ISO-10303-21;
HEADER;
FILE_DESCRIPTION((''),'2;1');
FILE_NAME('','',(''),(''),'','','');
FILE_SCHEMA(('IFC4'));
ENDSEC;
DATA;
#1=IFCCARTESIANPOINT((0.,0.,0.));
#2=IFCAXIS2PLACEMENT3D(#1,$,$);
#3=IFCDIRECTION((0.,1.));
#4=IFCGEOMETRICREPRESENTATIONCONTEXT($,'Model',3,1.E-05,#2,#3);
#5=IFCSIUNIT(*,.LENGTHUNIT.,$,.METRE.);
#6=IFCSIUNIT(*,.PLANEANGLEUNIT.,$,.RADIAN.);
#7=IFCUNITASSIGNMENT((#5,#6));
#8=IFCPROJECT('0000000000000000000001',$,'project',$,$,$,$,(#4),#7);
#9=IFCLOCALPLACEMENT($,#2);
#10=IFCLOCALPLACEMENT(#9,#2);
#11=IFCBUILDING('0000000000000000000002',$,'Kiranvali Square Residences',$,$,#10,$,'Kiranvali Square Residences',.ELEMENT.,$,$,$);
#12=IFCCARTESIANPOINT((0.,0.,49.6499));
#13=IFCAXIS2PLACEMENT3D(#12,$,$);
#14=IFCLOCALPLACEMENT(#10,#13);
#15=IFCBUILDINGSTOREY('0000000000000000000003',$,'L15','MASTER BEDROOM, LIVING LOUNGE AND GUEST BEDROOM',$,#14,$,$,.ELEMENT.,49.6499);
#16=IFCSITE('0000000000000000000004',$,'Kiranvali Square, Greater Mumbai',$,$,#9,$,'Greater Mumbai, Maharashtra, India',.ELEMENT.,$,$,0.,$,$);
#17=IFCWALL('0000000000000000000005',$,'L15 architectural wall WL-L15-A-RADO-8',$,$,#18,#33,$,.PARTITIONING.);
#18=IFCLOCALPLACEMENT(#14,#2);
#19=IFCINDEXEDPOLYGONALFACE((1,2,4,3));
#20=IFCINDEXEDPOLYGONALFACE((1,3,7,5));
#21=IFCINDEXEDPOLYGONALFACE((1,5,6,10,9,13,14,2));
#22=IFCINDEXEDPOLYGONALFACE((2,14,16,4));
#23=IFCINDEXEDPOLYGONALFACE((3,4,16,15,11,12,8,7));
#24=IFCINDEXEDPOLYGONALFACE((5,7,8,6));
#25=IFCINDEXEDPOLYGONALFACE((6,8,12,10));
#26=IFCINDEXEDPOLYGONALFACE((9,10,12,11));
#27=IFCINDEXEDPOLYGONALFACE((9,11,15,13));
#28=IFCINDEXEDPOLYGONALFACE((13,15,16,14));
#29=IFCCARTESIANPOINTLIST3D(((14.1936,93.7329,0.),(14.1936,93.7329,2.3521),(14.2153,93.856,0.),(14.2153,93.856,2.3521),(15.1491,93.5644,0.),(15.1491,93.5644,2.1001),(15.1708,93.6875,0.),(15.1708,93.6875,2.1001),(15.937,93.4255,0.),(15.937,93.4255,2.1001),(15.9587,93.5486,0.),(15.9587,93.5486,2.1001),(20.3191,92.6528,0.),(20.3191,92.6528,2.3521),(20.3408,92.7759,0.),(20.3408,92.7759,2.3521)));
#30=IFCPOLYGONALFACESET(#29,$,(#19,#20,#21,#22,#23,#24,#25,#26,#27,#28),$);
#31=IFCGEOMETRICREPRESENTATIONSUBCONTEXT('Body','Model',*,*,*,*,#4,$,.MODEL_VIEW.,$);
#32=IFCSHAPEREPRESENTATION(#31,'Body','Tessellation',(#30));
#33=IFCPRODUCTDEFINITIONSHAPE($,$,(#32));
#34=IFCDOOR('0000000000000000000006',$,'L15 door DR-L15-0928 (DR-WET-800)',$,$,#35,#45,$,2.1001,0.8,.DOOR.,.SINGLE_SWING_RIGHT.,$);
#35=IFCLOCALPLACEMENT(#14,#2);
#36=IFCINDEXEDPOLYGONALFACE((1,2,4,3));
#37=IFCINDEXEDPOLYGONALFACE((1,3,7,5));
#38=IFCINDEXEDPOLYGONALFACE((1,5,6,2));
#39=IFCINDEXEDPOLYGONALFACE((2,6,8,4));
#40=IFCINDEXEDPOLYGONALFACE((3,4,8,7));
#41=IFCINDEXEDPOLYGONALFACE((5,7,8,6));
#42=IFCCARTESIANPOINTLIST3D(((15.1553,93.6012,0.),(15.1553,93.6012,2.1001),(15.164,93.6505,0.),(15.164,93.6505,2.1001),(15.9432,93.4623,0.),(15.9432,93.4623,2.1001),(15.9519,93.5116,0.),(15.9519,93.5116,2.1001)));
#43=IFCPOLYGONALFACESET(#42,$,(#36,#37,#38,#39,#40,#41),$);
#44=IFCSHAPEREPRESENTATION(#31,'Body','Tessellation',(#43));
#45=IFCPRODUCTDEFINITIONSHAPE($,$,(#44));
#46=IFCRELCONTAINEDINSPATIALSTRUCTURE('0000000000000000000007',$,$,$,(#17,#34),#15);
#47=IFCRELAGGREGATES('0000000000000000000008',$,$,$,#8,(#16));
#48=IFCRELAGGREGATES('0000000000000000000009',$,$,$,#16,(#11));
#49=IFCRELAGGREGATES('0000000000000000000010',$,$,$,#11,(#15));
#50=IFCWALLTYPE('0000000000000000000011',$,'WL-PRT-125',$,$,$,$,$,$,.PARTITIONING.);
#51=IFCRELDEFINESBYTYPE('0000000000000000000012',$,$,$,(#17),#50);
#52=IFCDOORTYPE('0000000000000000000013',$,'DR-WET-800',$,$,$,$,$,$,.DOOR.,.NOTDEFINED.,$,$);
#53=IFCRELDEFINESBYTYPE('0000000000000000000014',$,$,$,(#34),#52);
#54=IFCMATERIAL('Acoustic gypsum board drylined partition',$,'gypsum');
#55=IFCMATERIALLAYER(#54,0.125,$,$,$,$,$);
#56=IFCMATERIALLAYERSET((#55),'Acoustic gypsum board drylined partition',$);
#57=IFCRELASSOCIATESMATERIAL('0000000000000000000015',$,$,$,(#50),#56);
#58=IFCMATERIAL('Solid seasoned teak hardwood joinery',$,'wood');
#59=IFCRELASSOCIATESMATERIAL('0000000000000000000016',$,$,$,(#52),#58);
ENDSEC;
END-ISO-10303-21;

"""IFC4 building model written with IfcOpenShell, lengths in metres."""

from ifc_helpers import new_model, si_unit, direction, frame, frame_2d, origin, place, context, subcontext, project, spatial, rectangle, extrude, material, layer, layer_set, type_object, element, fill, save


model = new_model("IFC4")

# Units and contexts
model_context = context("Model", 3, precision=1e-05, world=origin(), true_north=direction((0.0, 1.0)))
body_context = subcontext(model_context, "Body", "Model", "MODEL_VIEW")
ifc_project = project(units=[si_unit("LENGTHUNIT", "METRE"), si_unit("PLANEANGLEUNIT", "RADIAN")], contexts=[model_context])

# Site, building, storey
site_placement = place(None, origin())
site = spatial("IfcSite", under=ifc_project, at=site_placement, Name="Kiranvali Square, Greater Mumbai", LongName="Greater Mumbai, Maharashtra, India", CompositionType="ELEMENT", RefElevation=0.0)
building_placement = place(site_placement, origin())
building = spatial("IfcBuilding", under=site, at=building_placement, Name="Kiranvali Square Residences", LongName="Kiranvali Square Residences", CompositionType="ELEMENT")
storey_placement = place(building_placement, frame((0.0, 0.0, 49.6499)))
storey = spatial("IfcBuildingStorey", under=building, at=storey_placement, Name="L15", Description="MASTER BEDROOM, LIVING LOUNGE AND GUEST BEDROOM", CompositionType="ELEMENT", Elevation=49.6499)

# Wall, opening, door
ifc_material_1 = material(Name="Acoustic gypsum board drylined partition", Category="gypsum")
ifc_layer_1 = layer(ifc_material_1, 0.125)
ifc_layer_set_1 = layer_set([ifc_layer_1], Name="Acoustic gypsum board drylined partition")
wall_type_1 = type_object("IfcWallType", Name="WL-PRT-125", PredefinedType="PARTITIONING", material=ifc_layer_set_1)
wall_1_placement = place(storey_placement, frame((20.3298, 92.7144, 0.0), z_axis=(0.0, 0.0, 1.0), x_axis=(-0.984808, 0.173647, 0.0)))
wall_1 = element("IfcWall", 1, at=wall_1_placement, inside=storey, type_object=wall_type_1, Name="L15 architectural wall WL-L15-A-RADO-8", PredefinedType="PARTITIONING", context=body_context, shape_type="SweptSolid", body=[
    extrude(rectangle(XDim=6.22, YDim=0.125, at=frame_2d((3.1099, 0.0))), origin(), (0.0, 0.0, 1.0), 2.3521),
])
opening_1_placement = place(wall_1_placement, frame((4.4497, 0.0, 0.0)))
opening_1 = element("IfcOpeningElement", 2, at=opening_1_placement, cuts=wall_1, PredefinedType="OPENING", context=body_context, shape_type="SweptSolid", body=[
    extrude(rectangle(XDim=0.8, YDim=2.1001, at=frame_2d((0.3999, 1.05))), frame((0.0, 0.0725, 0.0), z_axis=(0.0, -1.0, 0.0), x_axis=(1.0, 0.0, 0.0)), (0.0, 0.0, 1.0), 0.145),
])
ifc_material_2 = material(Name="Solid seasoned teak hardwood joinery", Category="wood")
door_type_1 = type_object("IfcDoorType", Name="DR-WET-800", OperationType="NOTDEFINED", PredefinedType="DOOR", material=ifc_material_2)
door_1_placement = place(opening_1_placement, frame((0.8, 0.0, 0.0), z_axis=(0.0, 0.0, 1.0), x_axis=(-1.0, 0.0, 0.0)))
door_1 = element("IfcDoor", 3, at=door_1_placement, inside=storey, type_object=door_type_1, Name="L15 door DR-L15-0928 (DR-WET-800)", OperationType="SINGLE_SWING_RIGHT", OverallHeight=2.1001, OverallWidth=0.8, PredefinedType="DOOR", context=body_context, shape_type="SweptSolid", body=[
    extrude(rectangle(XDim=0.8, YDim=2.1001, at=frame_2d((0.3999, 1.05))), frame((0.0, 0.0249, 0.0), z_axis=(0.0, -1.0, 0.0), x_axis=(1.0, 0.0, 0.0)), (0.0, 0.0, 1.0), 0.05),
])
fill(opening_1, door_1)

save(model, "model.ifc")
